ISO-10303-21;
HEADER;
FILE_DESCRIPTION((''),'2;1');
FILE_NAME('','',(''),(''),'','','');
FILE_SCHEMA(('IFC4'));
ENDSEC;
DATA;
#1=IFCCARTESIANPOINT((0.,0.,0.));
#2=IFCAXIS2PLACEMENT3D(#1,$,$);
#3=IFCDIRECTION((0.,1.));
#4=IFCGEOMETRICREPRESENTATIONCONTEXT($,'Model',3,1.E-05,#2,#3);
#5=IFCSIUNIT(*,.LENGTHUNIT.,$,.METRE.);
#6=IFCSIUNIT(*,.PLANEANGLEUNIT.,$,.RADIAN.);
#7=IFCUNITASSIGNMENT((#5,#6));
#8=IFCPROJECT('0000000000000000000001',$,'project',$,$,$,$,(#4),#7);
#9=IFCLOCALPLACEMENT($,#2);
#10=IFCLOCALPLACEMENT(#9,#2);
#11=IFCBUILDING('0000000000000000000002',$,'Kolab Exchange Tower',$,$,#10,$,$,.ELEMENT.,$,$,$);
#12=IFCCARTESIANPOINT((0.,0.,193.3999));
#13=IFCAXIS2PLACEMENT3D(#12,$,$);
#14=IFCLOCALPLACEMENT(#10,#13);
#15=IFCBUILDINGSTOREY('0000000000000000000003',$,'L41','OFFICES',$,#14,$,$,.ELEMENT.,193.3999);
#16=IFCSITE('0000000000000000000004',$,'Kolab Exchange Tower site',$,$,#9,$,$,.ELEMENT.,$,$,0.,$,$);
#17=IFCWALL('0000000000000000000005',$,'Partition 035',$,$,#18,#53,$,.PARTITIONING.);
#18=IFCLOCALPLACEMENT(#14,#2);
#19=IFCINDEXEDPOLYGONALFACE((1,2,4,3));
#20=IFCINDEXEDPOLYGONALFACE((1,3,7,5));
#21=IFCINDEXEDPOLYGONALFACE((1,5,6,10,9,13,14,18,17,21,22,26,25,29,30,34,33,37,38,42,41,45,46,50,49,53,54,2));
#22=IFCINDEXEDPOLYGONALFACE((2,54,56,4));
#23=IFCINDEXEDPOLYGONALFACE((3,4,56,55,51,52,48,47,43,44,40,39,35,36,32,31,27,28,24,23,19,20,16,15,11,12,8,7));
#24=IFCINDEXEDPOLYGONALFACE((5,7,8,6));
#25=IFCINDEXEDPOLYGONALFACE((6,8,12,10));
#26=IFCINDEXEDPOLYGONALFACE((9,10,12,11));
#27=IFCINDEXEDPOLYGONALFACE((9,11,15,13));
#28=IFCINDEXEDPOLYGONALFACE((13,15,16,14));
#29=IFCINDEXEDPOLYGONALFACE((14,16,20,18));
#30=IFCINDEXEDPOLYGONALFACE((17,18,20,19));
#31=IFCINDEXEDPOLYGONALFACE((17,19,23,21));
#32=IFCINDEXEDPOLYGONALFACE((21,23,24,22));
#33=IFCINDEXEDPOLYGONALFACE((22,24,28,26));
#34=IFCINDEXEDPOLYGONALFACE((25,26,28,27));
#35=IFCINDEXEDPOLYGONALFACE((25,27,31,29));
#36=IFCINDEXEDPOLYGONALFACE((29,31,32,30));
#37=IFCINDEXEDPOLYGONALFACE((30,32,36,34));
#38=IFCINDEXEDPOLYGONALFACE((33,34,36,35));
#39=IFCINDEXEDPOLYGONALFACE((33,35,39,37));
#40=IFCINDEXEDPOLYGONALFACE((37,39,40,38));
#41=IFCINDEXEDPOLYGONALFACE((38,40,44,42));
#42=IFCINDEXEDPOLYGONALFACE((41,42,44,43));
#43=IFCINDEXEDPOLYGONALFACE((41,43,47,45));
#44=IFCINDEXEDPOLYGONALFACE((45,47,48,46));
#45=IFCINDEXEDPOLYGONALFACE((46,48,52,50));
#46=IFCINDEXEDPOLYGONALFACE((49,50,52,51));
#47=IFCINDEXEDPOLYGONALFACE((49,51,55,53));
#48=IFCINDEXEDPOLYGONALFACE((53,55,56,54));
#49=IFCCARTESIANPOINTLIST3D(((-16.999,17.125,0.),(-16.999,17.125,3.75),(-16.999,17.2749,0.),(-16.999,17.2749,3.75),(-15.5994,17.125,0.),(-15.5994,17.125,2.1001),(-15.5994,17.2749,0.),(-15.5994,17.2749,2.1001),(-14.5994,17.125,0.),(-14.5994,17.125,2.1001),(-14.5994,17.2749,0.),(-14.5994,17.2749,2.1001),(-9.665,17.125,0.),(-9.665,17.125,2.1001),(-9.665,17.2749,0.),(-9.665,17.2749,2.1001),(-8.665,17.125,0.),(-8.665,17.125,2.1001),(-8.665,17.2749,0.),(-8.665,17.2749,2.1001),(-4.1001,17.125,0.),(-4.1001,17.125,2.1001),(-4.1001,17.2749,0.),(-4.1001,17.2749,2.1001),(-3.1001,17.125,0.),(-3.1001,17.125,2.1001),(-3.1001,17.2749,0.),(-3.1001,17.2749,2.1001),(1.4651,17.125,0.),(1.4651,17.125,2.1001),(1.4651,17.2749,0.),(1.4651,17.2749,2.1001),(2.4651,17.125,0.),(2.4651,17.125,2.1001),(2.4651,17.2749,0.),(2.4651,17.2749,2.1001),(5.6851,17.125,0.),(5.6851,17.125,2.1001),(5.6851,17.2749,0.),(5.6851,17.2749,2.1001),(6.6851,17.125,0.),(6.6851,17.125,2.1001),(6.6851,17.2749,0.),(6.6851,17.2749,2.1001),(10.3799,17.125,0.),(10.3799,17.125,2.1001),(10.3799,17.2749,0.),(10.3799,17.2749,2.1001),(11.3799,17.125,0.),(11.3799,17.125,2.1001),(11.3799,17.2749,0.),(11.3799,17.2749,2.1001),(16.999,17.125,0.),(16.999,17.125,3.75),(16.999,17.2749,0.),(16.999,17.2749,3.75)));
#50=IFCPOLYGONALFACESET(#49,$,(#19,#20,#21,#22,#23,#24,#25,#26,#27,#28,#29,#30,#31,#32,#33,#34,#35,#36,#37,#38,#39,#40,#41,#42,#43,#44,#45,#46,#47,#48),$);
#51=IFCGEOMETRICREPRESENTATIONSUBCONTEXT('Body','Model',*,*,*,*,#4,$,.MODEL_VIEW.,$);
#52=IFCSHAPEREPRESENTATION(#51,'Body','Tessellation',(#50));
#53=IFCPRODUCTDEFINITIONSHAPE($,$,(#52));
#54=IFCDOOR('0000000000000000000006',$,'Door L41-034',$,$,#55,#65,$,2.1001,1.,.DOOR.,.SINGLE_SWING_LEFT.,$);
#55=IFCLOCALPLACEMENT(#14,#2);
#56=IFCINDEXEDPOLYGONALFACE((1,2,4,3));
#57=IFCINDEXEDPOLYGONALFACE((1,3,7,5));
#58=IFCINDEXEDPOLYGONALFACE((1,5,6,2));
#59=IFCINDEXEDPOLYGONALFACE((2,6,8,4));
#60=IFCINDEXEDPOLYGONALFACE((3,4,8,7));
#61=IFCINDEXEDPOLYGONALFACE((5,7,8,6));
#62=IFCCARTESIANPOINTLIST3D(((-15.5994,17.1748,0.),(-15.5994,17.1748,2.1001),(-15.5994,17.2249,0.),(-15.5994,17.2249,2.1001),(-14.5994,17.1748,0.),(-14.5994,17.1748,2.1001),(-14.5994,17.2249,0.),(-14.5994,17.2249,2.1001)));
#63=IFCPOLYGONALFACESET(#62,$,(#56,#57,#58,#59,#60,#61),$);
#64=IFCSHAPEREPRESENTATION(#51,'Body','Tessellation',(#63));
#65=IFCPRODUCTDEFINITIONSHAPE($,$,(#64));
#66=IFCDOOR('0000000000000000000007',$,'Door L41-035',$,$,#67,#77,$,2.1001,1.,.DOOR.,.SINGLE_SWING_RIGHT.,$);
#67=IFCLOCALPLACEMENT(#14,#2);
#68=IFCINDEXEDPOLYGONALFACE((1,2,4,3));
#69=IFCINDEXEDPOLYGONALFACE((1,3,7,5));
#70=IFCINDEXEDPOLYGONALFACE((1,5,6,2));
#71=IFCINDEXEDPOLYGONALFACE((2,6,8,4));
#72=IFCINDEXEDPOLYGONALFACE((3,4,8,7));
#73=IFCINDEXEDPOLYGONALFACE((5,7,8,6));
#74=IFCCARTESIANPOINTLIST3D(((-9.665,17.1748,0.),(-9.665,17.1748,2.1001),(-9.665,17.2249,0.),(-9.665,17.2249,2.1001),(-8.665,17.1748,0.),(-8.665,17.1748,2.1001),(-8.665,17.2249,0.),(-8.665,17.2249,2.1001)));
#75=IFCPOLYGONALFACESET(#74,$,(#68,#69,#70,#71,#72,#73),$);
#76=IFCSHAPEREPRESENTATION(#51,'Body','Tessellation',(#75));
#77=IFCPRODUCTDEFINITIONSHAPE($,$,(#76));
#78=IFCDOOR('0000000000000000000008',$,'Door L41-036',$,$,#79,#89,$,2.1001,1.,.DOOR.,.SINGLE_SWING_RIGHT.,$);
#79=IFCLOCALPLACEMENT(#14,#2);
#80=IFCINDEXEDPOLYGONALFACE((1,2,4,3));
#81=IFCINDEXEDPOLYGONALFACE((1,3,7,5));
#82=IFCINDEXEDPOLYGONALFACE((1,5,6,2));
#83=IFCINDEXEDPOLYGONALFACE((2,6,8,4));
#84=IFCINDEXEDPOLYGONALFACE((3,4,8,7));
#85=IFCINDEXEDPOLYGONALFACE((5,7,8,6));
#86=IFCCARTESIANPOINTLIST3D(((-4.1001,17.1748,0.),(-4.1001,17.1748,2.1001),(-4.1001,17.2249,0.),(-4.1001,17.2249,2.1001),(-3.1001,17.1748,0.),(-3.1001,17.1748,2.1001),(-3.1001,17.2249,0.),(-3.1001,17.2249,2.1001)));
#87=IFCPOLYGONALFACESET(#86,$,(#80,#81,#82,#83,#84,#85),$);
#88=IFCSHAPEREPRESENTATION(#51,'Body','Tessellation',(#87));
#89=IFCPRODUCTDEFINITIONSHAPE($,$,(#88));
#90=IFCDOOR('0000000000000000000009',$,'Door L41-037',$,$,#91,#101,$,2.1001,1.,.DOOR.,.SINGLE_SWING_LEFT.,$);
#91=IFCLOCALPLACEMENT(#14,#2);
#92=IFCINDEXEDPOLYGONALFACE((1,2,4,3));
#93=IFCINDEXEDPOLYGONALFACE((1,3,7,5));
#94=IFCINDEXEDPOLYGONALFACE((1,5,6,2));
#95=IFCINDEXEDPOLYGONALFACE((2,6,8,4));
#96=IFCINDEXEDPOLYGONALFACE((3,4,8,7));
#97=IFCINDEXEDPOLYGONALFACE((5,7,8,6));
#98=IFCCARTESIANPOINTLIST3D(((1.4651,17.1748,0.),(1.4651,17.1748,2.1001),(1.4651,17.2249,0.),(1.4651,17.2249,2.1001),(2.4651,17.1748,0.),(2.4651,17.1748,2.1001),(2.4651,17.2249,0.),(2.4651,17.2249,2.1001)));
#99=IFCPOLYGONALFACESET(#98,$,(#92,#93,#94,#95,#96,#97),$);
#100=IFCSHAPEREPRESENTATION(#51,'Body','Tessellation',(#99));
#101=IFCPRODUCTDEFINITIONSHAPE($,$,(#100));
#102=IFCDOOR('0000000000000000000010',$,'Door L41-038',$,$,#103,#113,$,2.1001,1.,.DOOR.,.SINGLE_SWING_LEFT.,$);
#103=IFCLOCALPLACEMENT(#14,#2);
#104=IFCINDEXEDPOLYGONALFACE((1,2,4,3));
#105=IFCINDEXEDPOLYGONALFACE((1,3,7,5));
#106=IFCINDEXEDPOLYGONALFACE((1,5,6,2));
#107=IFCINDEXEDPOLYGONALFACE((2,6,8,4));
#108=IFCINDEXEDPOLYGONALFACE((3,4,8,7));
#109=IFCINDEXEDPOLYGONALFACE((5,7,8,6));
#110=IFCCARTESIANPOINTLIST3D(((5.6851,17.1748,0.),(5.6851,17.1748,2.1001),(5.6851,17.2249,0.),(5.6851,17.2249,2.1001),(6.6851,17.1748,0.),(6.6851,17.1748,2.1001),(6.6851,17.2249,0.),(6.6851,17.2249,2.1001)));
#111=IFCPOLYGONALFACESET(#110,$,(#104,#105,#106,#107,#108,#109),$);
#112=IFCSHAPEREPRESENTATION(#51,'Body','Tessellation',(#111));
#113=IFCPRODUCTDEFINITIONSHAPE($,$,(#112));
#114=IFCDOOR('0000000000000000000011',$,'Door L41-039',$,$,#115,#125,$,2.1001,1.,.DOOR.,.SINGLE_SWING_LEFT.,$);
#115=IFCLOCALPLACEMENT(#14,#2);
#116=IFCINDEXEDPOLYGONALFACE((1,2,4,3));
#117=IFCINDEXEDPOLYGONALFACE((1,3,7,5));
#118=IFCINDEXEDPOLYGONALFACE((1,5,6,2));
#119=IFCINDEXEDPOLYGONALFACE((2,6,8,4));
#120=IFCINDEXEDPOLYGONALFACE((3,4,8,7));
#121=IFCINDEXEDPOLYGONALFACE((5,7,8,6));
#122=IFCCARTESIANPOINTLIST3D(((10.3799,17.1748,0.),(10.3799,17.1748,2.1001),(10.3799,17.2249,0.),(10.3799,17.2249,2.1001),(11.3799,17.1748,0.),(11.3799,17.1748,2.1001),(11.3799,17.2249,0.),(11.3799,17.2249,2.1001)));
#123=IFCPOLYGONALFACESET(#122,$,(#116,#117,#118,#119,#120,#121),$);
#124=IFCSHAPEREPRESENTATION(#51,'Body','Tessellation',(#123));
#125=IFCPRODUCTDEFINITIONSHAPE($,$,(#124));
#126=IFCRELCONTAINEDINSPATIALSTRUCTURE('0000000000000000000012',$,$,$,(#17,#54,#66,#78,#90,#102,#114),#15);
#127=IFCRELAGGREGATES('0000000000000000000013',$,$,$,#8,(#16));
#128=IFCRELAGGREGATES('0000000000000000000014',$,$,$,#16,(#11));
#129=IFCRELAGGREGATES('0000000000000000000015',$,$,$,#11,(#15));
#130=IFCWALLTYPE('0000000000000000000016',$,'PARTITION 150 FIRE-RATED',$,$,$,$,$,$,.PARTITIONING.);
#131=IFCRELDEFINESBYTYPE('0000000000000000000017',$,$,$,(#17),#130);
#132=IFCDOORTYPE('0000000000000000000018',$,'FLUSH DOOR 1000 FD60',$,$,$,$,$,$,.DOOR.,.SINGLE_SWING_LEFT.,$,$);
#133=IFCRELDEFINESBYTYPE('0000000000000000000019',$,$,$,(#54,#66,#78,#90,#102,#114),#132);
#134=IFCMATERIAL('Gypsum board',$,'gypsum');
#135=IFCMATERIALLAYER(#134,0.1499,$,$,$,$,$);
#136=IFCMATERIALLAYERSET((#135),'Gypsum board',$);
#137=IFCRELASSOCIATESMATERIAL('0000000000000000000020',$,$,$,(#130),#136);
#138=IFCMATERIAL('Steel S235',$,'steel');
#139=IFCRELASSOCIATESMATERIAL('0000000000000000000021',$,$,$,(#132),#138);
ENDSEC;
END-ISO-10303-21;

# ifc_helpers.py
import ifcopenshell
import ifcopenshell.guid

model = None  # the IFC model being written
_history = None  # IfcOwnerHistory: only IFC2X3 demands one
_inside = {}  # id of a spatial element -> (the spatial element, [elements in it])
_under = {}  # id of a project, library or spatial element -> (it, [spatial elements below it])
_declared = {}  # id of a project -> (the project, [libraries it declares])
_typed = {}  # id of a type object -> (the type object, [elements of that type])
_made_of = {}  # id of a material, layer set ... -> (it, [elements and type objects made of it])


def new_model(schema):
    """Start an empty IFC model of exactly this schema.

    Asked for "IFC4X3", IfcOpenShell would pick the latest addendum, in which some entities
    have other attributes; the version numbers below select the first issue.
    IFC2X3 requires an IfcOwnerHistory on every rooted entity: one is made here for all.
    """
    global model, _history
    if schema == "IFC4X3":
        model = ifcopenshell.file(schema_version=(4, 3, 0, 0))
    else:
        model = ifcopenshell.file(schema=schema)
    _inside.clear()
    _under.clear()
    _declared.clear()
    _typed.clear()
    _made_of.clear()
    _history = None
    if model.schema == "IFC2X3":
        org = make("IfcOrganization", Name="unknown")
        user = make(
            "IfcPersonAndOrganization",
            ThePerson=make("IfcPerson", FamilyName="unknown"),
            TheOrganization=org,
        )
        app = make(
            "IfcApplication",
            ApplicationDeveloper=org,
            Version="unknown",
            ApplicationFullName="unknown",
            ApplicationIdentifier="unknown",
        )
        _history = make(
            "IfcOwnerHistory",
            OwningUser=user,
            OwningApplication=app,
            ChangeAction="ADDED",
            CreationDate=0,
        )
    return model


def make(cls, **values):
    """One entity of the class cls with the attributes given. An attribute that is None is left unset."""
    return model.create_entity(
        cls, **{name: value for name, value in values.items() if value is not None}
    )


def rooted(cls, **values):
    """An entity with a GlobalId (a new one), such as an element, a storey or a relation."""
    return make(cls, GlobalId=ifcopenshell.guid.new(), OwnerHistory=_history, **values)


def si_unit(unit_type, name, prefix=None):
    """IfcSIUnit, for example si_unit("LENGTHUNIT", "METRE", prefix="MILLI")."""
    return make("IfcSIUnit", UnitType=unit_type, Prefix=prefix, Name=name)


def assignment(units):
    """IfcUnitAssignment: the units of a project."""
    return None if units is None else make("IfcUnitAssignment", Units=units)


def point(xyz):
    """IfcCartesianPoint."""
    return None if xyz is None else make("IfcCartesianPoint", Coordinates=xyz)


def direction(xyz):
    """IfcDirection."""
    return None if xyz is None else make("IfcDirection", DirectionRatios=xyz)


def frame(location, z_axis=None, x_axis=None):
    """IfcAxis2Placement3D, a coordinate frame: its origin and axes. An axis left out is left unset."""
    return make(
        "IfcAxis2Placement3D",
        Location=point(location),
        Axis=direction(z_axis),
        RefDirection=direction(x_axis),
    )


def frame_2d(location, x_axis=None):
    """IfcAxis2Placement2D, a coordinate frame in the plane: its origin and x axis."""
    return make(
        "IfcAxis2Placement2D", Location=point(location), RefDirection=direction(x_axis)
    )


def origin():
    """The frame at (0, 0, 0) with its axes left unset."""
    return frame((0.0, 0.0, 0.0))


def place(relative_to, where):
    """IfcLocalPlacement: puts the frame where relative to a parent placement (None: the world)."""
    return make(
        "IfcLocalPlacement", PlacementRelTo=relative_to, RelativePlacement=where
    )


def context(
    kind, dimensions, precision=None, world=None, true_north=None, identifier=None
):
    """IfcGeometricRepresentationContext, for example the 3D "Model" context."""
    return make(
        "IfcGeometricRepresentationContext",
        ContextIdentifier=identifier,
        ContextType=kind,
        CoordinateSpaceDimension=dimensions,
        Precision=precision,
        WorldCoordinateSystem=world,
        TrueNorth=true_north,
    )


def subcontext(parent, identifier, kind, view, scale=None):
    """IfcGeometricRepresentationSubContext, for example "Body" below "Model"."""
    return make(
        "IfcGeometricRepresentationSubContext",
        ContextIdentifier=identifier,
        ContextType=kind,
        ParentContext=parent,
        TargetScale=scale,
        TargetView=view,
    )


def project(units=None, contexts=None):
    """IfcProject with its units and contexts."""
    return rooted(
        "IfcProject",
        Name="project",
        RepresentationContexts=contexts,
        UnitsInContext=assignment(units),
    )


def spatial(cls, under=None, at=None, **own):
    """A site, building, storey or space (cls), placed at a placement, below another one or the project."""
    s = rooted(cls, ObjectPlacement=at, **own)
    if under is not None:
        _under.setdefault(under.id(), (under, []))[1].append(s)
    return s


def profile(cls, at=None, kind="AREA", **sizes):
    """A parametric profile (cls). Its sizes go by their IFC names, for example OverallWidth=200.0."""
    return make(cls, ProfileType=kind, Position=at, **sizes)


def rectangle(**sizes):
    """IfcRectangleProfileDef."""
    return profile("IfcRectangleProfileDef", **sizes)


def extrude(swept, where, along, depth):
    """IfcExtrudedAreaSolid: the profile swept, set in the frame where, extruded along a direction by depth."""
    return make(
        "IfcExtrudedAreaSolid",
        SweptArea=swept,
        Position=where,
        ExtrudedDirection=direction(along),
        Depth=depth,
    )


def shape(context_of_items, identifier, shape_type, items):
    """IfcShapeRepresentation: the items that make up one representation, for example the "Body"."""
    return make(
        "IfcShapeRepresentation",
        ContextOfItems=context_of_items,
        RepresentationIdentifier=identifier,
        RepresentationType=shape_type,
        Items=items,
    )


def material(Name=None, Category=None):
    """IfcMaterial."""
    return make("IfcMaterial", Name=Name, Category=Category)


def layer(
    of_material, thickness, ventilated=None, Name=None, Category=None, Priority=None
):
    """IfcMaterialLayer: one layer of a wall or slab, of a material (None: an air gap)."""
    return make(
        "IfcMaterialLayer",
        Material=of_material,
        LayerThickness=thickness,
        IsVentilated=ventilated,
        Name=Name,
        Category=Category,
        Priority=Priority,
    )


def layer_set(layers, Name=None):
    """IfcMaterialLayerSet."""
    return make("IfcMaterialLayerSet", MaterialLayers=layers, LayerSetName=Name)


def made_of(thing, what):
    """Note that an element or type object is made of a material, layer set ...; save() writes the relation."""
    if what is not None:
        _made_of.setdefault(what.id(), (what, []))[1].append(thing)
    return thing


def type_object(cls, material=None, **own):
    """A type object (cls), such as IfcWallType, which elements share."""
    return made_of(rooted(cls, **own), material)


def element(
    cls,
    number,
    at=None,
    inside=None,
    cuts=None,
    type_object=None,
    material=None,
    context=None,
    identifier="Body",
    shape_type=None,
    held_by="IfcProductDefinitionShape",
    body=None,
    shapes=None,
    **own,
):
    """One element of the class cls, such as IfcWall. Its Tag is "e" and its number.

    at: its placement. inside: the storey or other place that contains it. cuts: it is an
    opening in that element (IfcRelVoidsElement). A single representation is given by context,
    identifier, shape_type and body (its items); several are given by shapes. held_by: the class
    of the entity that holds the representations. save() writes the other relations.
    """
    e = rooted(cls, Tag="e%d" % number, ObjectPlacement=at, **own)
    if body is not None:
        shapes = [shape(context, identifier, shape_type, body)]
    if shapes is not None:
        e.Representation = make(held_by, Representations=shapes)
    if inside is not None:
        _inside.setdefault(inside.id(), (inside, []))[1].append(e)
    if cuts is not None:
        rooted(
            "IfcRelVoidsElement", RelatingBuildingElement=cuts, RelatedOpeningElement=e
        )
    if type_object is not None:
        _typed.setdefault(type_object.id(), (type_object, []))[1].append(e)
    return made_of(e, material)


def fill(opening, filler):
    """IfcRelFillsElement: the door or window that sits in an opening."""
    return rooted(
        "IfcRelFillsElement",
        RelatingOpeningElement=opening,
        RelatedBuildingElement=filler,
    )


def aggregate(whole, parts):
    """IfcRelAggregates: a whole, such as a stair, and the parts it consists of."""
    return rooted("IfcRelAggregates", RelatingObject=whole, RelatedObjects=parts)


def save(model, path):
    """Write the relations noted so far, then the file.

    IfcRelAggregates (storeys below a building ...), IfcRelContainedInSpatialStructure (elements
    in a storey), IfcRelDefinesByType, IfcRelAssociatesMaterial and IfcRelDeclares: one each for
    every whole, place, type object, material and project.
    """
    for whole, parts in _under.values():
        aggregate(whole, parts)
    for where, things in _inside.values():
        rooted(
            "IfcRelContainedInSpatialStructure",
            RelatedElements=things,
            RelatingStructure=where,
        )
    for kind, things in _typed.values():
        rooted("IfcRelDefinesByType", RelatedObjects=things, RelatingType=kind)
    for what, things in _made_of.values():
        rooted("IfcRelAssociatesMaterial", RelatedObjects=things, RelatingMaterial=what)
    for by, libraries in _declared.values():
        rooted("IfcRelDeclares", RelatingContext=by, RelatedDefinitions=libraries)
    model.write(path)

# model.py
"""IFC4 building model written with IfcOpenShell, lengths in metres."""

from ifc_helpers import new_model, si_unit, direction, frame, frame_2d, origin, place, context, subcontext, project, spatial, rectangle, extrude, material, layer, layer_set, type_object, element, fill, save


model = new_model("IFC4")

# Units and contexts
model_context = context("Model", 3, precision=1e-05, world=origin(), true_north=direction((0.0, 1.0)))
body_context = subcontext(model_context, "Body", "Model", "MODEL_VIEW")
ifc_project = project(units=[si_unit("LENGTHUNIT", "METRE"), si_unit("PLANEANGLEUNIT", "RADIAN")], contexts=[model_context])

# Site, building, storey
site_placement = place(None, origin())
site = spatial("IfcSite", under=ifc_project, at=site_placement, Name="Kolab Exchange Tower site", CompositionType="ELEMENT", RefElevation=0.0)
building_placement = place(site_placement, origin())
building = spatial("IfcBuilding", under=site, at=building_placement, Name="Kolab Exchange Tower", CompositionType="ELEMENT")
storey_placement = place(building_placement, frame((0.0, 0.0, 193.3999)))
storey = spatial("IfcBuildingStorey", under=building, at=storey_placement, Name="L41", Description="OFFICES", CompositionType="ELEMENT", Elevation=193.3999)

# Wall, openings, doors
ifc_material_1 = material(Name="Gypsum board", Category="gypsum")
ifc_layer_1 = layer(ifc_material_1, 0.1499)
ifc_layer_set_1 = layer_set([ifc_layer_1], Name="Gypsum board")
wall_type = type_object("IfcWallType", Name="PARTITION 150 FIRE-RATED", PredefinedType="PARTITIONING", material=ifc_layer_set_1)
wall_placement = place(storey_placement, frame((-16.999, 17.2, 0.0), z_axis=(0.0, 0.0, 1.0), x_axis=(1.0, 0.0, 0.0)))
wall = element("IfcWall", 1, at=wall_placement, inside=storey, type_object=wall_type, Name="Partition 035", PredefinedType="PARTITIONING", context=body_context, shape_type="SweptSolid", body=[
    extrude(rectangle(XDim=33.998, YDim=0.1499, at=frame_2d((16.999, 0.0))), origin(), (0.0, 0.0, 1.0), 3.75),
])
opening_1_placement = place(wall_placement, frame((1.3997, 0.0, 0.0)))
opening_1 = element("IfcOpeningElement", 2, at=opening_1_placement, cuts=wall, PredefinedType="OPENING", context=body_context, shape_type="SweptSolid", body=[
    extrude(rectangle(XDim=1.0, YDim=2.1001, at=frame_2d((0.5, 1.05))), frame((0.0, 0.085, 0.0), z_axis=(0.0, -1.0, 0.0), x_axis=(1.0, 0.0, 0.0)), (0.0, 0.0, 1.0), 0.1699),
])
opening_2_placement = place(wall_placement, frame((7.334, 0.0, 0.0)))
opening_2 = element("IfcOpeningElement", 3, at=opening_2_placement, cuts=wall, PredefinedType="OPENING", context=body_context, shape_type="SweptSolid", body=[
    extrude(rectangle(XDim=1.0, YDim=2.1001, at=frame_2d((0.5, 1.05))), frame((0.0, 0.085, 0.0), z_axis=(0.0, -1.0, 0.0), x_axis=(1.0, 0.0, 0.0)), (0.0, 0.0, 1.0), 0.1699),
])
opening_3_placement = place(wall_placement, frame((12.8989, 0.0, 0.0)))
opening_3 = element("IfcOpeningElement", 4, at=opening_3_placement, cuts=wall, PredefinedType="OPENING", context=body_context, shape_type="SweptSolid", body=[
    extrude(rectangle(XDim=1.0, YDim=2.1001, at=frame_2d((0.5, 1.05))), frame((0.0, 0.085, 0.0), z_axis=(0.0, -1.0, 0.0), x_axis=(1.0, 0.0, 0.0)), (0.0, 0.0, 1.0), 0.1699),
])
opening_4_placement = place(wall_placement, frame((18.4641, 0.0, 0.0)))
opening_4 = element("IfcOpeningElement", 5, at=opening_4_placement, cuts=wall, PredefinedType="OPENING", context=body_context, shape_type="SweptSolid", body=[
    extrude(rectangle(XDim=1.0, YDim=2.1001, at=frame_2d((0.5, 1.05))), frame((0.0, 0.085, 0.0), z_axis=(0.0, -1.0, 0.0), x_axis=(1.0, 0.0, 0.0)), (0.0, 0.0, 1.0), 0.1699),
])
opening_5_placement = place(wall_placement, frame((22.6841, 0.0, 0.0)))
opening_5 = element("IfcOpeningElement", 6, at=opening_5_placement, cuts=wall, PredefinedType="OPENING", context=body_context, shape_type="SweptSolid", body=[
    extrude(rectangle(XDim=1.0, YDim=2.1001, at=frame_2d((0.5, 1.05))), frame((0.0, 0.085, 0.0), z_axis=(0.0, -1.0, 0.0), x_axis=(1.0, 0.0, 0.0)), (0.0, 0.0, 1.0), 0.1699),
])
opening_6_placement = place(wall_placement, frame((27.3789, 0.0, 0.0)))
opening_6 = element("IfcOpeningElement", 7, at=opening_6_placement, cuts=wall, PredefinedType="OPENING", context=body_context, shape_type="SweptSolid", body=[
    extrude(rectangle(XDim=1.0, YDim=2.1001, at=frame_2d((0.5, 1.05))), frame((0.0, 0.085, 0.0), z_axis=(0.0, -1.0, 0.0), x_axis=(1.0, 0.0, 0.0)), (0.0, 0.0, 1.0), 0.1699),
])
ifc_material_2 = material(Name="Steel S235", Category="steel")
door_type = type_object("IfcDoorType", Name="FLUSH DOOR 1000 FD60", OperationType="SINGLE_SWING_LEFT", PredefinedType="DOOR", material=ifc_material_2)
door_1_placement = place(opening_1_placement, origin())
door_1 = element("IfcDoor", 8, at=door_1_placement, inside=storey, type_object=door_type, Name="Door L41-034", OperationType="SINGLE_SWING_LEFT", OverallHeight=2.1001, OverallWidth=1.0, PredefinedType="DOOR", context=body_context, shape_type="SweptSolid", body=[
    extrude(rectangle(XDim=1.0, YDim=2.1001, at=frame_2d((0.5, 1.05))), frame((0.0, 0.0249, 0.0), z_axis=(0.0, -1.0, 0.0), x_axis=(1.0, 0.0, 0.0)), (0.0, 0.0, 1.0), 0.05),
])
fill(opening_1, door_1)
door_2_placement = place(opening_2_placement, origin())
door_2 = element("IfcDoor", 9, at=door_2_placement, inside=storey, type_object=door_type, Name="Door L41-035", OperationType="SINGLE_SWING_RIGHT", OverallHeight=2.1001, OverallWidth=1.0, PredefinedType="DOOR", context=body_context, shape_type="SweptSolid", body=[
    extrude(rectangle(XDim=1.0, YDim=2.1001, at=frame_2d((0.5, 1.05))), frame((0.0, 0.0249, 0.0), z_axis=(0.0, -1.0, 0.0), x_axis=(1.0, 0.0, 0.0)), (0.0, 0.0, 1.0), 0.05),
])
fill(opening_2, door_2)
door_3_placement = place(opening_3_placement, origin())
door_3 = element("IfcDoor", 10, at=door_3_placement, inside=storey, type_object=door_type, Name="Door L41-036", OperationType="SINGLE_SWING_RIGHT", OverallHeight=2.1001, OverallWidth=1.0, PredefinedType="DOOR", context=body_context, shape_type="SweptSolid", body=[
    extrude(rectangle(XDim=1.0, YDim=2.1001, at=frame_2d((0.5, 1.05))), frame((0.0, 0.0249, 0.0), z_axis=(0.0, -1.0, 0.0), x_axis=(1.0, 0.0, 0.0)), (0.0, 0.0, 1.0), 0.05),
])
fill(opening_3, door_3)
door_4_placement = place(opening_4_placement, origin())
door_4 = element("IfcDoor", 11, at=door_4_placement, inside=storey, type_object=door_type, Name="Door L41-037", OperationType="SINGLE_SWING_LEFT", OverallHeight=2.1001, OverallWidth=1.0, PredefinedType="DOOR", context=body_context, shape_type="SweptSolid", body=[
    extrude(rectangle(XDim=1.0, YDim=2.1001, at=frame_2d((0.5, 1.05))), frame((0.0, 0.0249, 0.0), z_axis=(0.0, -1.0, 0.0), x_axis=(1.0, 0.0, 0.0)), (0.0, 0.0, 1.0), 0.05),
])
fill(opening_4, door_4)
door_5_placement = place(opening_5_placement, origin())
door_5 = element("IfcDoor", 12, at=door_5_placement, inside=storey, type_object=door_type, Name="Door L41-038", OperationType="SINGLE_SWING_LEFT", OverallHeight=2.1001, OverallWidth=1.0, PredefinedType="DOOR", context=body_context, shape_type="SweptSolid", body=[
    extrude(rectangle(XDim=1.0, YDim=2.1001, at=frame_2d((0.5, 1.05))), frame((0.0, 0.0249, 0.0), z_axis=(0.0, -1.0, 0.0), x_axis=(1.0, 0.0, 0.0)), (0.0, 0.0, 1.0), 0.05),
])
fill(opening_5, door_5)
door_6_placement = place(opening_6_placement, origin())
door_6 = element("IfcDoor", 13, at=door_6_placement, inside=storey, type_object=door_type, Name="Door L41-039", OperationType="SINGLE_SWING_LEFT", OverallHeight=2.1001, OverallWidth=1.0, PredefinedType="DOOR", context=body_context, shape_type="SweptSolid", body=[
    extrude(rectangle(XDim=1.0, YDim=2.1001, at=frame_2d((0.5, 1.05))), frame((0.0, 0.0249, 0.0), z_axis=(0.0, -1.0, 0.0), x_axis=(1.0, 0.0, 0.0)), (0.0, 0.0, 1.0), 0.05),
])
fill(opening_6, door_6)

save(model, "model.ifc")
